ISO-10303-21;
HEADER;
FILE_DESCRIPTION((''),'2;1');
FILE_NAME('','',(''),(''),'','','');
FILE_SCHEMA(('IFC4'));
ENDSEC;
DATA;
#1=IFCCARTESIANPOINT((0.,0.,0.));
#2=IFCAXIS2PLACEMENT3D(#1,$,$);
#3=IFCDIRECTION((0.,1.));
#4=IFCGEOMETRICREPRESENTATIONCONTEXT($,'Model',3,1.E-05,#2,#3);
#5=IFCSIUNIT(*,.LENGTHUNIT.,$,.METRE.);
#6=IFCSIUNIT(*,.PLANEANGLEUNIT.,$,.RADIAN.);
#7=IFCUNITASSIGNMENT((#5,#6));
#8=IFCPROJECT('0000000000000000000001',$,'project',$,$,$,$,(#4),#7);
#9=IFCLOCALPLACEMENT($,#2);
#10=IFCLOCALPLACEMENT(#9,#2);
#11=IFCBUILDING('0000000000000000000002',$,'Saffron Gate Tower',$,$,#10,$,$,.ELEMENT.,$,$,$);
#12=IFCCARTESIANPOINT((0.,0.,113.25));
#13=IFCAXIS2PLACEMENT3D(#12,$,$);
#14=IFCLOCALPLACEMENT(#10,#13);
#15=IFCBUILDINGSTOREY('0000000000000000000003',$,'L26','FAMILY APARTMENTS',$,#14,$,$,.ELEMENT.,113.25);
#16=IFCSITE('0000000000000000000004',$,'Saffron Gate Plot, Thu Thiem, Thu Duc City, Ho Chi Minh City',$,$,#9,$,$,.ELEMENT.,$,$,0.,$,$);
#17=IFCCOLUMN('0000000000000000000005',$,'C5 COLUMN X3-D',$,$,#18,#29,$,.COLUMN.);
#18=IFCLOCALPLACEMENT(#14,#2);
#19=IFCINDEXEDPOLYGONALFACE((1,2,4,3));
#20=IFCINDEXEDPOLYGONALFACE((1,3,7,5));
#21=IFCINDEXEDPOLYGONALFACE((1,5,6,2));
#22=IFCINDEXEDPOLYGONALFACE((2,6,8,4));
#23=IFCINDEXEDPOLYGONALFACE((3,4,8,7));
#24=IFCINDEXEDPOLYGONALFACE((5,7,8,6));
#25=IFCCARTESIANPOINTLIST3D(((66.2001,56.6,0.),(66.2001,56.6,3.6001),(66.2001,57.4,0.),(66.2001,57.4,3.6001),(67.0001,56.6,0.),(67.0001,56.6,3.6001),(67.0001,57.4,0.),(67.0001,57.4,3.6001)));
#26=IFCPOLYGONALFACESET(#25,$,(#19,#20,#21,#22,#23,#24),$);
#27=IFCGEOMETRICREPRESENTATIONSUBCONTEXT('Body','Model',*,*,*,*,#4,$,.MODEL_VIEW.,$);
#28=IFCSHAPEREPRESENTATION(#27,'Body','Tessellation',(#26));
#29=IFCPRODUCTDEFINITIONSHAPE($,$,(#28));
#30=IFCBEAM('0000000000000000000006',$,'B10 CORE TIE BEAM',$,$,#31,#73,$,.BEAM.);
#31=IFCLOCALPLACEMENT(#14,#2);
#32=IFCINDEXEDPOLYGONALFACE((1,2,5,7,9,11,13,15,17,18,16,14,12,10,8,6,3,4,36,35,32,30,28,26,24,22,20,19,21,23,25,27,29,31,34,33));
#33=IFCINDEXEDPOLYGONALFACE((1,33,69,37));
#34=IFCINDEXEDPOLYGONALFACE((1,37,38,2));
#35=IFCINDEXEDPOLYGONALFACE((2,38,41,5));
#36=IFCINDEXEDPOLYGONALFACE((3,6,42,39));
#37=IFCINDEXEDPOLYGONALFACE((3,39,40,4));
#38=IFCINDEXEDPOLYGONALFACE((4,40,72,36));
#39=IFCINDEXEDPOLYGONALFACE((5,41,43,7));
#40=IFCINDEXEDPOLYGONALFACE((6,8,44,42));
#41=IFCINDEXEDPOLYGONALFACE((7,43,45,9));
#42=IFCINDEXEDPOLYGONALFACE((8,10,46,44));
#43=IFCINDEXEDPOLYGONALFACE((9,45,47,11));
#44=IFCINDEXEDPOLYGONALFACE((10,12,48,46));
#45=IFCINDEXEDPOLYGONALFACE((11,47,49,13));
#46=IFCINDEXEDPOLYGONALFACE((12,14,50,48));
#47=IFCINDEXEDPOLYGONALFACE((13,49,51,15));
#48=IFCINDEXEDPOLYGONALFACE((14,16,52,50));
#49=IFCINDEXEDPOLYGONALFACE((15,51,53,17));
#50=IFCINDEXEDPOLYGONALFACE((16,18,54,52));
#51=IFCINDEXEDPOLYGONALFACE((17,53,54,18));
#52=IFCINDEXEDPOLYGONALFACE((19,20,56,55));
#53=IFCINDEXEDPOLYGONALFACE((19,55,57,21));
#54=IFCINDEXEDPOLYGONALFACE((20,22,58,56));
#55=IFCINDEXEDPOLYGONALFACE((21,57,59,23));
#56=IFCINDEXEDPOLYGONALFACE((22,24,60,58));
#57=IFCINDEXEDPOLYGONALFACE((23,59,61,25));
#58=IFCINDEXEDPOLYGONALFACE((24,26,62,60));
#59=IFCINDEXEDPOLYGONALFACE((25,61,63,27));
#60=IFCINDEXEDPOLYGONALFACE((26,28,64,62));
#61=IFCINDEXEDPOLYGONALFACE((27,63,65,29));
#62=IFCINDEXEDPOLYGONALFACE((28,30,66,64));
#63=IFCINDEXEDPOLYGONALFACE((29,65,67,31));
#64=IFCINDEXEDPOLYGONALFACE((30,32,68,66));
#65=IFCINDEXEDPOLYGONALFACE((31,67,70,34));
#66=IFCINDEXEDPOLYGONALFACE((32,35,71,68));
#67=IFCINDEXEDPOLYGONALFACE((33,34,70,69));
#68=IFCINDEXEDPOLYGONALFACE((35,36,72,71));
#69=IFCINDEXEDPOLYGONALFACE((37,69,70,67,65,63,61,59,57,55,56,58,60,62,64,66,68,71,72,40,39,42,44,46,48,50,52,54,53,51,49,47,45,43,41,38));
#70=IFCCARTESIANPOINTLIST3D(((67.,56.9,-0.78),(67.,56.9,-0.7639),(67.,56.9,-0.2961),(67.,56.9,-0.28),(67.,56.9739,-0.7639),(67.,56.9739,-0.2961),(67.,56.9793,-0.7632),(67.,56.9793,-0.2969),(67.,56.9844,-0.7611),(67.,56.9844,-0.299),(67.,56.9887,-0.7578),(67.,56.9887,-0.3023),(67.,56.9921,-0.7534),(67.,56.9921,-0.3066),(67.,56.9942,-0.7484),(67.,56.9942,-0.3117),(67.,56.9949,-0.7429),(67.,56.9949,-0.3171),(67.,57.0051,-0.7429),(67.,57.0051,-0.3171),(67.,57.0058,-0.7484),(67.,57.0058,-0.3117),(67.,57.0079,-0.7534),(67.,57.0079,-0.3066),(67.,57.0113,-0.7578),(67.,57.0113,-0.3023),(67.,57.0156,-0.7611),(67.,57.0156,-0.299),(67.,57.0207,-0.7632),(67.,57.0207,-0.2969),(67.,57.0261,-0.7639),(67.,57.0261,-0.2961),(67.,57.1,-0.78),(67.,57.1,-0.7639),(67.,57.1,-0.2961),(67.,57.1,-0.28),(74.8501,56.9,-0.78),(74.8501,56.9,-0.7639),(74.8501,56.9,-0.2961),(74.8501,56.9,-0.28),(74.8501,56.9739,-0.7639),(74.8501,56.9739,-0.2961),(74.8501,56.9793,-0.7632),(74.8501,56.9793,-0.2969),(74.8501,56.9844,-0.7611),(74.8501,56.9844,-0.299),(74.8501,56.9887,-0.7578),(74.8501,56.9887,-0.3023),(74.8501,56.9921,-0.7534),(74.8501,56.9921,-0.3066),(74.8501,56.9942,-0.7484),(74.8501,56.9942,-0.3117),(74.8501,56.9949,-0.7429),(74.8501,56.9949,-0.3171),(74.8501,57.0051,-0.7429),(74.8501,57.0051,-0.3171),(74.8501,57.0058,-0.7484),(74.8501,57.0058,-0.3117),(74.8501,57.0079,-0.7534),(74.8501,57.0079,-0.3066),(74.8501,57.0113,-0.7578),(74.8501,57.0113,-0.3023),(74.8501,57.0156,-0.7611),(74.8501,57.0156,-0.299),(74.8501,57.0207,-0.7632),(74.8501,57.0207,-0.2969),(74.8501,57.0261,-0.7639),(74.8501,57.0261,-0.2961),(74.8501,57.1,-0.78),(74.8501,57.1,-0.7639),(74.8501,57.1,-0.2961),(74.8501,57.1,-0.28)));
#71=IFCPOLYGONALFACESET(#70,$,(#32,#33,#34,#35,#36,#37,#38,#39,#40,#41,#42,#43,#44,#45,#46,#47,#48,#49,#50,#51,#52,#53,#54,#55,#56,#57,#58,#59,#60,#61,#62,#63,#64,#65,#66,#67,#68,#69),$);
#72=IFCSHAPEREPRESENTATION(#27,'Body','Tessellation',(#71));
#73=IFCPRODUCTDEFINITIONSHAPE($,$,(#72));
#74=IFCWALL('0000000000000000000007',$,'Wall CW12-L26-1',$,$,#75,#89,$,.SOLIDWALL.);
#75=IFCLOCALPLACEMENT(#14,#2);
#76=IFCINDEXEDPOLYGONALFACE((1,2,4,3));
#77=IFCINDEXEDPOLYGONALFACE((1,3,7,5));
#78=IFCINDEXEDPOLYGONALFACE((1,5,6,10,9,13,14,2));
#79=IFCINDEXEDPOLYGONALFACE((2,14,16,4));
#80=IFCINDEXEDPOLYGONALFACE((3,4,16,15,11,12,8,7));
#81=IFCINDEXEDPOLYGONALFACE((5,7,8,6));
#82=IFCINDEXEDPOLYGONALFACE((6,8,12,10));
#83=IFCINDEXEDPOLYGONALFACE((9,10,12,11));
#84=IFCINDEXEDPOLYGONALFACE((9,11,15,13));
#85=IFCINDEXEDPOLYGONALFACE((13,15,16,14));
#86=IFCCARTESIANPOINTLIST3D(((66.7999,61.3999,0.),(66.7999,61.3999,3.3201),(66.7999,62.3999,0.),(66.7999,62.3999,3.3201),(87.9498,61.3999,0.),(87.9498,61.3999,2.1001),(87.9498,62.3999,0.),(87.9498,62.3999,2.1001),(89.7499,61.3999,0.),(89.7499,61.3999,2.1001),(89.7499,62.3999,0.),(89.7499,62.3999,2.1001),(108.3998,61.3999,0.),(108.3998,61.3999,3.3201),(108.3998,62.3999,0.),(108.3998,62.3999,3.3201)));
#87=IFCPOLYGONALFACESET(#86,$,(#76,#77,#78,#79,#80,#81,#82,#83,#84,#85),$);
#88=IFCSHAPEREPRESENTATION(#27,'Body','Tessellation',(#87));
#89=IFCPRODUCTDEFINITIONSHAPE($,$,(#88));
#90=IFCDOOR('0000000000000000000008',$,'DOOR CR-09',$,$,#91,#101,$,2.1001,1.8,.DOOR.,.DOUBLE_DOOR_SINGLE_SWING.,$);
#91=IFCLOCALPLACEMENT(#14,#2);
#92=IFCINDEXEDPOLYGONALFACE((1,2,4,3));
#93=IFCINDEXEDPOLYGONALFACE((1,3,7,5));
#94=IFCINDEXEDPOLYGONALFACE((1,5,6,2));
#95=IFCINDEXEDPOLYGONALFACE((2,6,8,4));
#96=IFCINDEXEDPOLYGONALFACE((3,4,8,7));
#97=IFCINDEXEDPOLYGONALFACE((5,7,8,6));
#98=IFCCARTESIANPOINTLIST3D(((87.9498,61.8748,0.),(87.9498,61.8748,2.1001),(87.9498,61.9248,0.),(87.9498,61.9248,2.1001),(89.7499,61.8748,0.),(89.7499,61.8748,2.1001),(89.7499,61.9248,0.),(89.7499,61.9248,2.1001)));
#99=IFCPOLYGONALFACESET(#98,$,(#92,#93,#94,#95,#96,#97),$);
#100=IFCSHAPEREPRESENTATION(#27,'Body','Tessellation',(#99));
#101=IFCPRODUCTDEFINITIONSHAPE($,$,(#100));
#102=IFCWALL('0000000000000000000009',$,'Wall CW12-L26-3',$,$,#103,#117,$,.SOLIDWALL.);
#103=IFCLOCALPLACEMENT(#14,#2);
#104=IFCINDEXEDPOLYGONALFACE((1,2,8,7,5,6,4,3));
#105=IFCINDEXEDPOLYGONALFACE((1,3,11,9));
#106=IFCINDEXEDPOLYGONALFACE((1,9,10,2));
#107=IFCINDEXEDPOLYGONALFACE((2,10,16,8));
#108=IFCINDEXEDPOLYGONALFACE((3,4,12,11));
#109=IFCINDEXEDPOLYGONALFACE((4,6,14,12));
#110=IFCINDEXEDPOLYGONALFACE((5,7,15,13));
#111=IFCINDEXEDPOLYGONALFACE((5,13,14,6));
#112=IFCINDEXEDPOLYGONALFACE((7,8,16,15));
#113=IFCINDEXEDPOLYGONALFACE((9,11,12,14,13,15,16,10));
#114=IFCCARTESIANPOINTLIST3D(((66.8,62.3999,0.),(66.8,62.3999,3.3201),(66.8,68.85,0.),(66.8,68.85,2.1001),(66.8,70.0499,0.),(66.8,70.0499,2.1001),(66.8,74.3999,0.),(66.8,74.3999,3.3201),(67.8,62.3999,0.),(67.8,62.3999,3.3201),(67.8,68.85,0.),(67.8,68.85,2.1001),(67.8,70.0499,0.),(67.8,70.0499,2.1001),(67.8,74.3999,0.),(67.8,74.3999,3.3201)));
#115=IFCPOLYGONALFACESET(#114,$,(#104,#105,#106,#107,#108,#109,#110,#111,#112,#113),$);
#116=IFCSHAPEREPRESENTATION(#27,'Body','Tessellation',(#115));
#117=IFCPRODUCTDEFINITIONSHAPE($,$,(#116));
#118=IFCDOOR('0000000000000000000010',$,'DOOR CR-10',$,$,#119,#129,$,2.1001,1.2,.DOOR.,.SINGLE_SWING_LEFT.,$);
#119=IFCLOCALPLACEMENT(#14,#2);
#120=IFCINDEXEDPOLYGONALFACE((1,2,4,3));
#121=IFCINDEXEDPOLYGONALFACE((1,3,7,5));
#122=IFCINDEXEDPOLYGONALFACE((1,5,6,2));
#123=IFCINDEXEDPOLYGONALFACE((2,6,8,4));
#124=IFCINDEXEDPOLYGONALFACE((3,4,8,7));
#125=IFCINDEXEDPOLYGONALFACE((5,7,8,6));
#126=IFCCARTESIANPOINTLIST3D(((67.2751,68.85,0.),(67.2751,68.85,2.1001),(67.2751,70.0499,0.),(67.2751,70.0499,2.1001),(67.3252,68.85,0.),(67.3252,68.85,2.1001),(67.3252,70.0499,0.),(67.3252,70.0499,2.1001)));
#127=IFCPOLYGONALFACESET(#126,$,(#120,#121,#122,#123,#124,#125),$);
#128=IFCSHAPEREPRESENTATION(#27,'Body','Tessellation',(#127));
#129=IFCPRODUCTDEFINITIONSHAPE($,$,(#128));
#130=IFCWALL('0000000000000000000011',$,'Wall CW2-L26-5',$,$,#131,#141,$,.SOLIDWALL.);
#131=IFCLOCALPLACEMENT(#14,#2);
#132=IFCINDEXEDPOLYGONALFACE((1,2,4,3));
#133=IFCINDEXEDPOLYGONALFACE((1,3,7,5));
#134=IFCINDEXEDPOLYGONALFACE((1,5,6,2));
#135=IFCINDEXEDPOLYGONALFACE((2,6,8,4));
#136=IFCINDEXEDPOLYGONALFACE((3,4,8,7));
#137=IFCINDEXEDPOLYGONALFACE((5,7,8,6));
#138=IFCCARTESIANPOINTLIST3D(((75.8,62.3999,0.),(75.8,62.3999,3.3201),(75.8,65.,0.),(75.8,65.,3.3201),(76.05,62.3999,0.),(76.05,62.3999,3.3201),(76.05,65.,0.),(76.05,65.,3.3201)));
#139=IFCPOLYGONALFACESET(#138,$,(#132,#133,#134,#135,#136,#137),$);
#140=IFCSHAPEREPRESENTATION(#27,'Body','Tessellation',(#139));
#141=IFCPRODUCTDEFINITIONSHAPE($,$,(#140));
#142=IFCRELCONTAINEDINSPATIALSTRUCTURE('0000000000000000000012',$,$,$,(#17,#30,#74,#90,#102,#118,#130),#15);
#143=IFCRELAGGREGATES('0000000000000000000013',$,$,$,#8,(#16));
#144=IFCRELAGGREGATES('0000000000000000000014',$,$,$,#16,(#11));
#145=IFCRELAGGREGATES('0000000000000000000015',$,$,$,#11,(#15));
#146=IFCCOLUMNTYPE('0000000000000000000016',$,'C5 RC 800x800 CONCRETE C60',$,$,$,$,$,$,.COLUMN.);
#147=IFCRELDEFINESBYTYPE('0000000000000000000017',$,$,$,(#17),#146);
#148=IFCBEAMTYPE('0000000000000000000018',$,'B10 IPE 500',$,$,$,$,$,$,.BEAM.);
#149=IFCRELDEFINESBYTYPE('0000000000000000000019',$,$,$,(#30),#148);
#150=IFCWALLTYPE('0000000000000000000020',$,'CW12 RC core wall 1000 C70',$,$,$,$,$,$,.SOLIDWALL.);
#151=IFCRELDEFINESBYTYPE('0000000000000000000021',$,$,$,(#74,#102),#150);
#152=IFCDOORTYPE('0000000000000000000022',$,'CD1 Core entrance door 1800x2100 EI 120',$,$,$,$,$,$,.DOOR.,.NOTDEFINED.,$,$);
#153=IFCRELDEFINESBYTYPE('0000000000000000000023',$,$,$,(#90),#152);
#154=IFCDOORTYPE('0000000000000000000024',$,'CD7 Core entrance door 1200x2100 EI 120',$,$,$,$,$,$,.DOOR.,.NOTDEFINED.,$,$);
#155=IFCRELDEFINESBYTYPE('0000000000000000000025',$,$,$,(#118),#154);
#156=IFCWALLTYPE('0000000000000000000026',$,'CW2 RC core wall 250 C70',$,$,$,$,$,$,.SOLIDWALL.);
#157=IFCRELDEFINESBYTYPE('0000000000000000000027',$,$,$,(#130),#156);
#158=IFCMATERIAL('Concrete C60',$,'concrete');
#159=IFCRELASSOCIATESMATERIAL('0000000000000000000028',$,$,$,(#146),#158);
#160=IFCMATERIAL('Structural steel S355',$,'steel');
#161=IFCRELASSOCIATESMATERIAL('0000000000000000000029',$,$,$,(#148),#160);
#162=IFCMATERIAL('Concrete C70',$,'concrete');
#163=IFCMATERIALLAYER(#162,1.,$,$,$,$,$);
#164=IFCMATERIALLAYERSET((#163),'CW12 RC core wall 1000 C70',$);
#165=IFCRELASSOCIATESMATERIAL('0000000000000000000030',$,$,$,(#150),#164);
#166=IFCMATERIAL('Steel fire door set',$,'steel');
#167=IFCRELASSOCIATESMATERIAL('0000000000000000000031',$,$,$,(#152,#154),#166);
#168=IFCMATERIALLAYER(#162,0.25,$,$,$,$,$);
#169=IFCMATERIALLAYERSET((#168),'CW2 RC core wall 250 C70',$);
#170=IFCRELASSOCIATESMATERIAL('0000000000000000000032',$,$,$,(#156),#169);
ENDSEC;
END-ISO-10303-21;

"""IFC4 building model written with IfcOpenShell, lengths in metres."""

from ifc_helpers import new_model, si_unit, direction, frame, frame_2d, origin, origin_2d, place, context, subcontext, project, spatial, rectangle, i_section, extrude, material, layer, layer_set, material_profile, profile_set, type_object, element, fill, save


model = new_model("IFC4")

# Units and contexts
model_context = context("Model", 3, precision=1e-05, world=origin(), true_north=direction((0.0, 1.0)))
body_context = subcontext(model_context, "Body", "Model", "MODEL_VIEW")
ifc_project = project(units=[si_unit("LENGTHUNIT", "METRE"), si_unit("PLANEANGLEUNIT", "RADIAN")], contexts=[model_context])

# Site, building, storey
site_placement = place(None, origin())
site = spatial("IfcSite", under=ifc_project, at=site_placement, Name="Saffron Gate Plot, Thu Thiem, Thu Duc City, Ho Chi Minh City", CompositionType="ELEMENT", RefElevation=0.0)
building_placement = place(site_placement, origin())
building = spatial("IfcBuilding", under=site, at=building_placement, Name="Saffron Gate Tower", CompositionType="ELEMENT")
storey_placement = place(building_placement, frame((0.0, 0.0, 113.25)))
storey = spatial("IfcBuildingStorey", under=building, at=storey_placement, Name="L26", Description="FAMILY APARTMENTS", CompositionType="ELEMENT", Elevation=113.25)

# Column
ifc_material_1 = material(Name="Concrete C60", Category="concrete")
ifc_material_profile_1 = material_profile(ifc_material_1, rectangle(XDim=0.8, YDim=0.8, at=origin_2d()))
ifc_profile_set_1 = profile_set([ifc_material_profile_1], Name="Concrete C60")
column_type = type_object("IfcColumnType", Name="C5 RC 800x800 CONCRETE C60", PredefinedType="COLUMN", material=ifc_profile_set_1)
column_placement = place(storey_placement, frame((66.6001, 57.0, 0.0), z_axis=(0.0, 0.0, 1.0), x_axis=(1.0, 0.0, 0.0)))
element("IfcColumn", 1, at=column_placement, inside=storey, type_object=column_type, Name="C5 COLUMN X3-D", PredefinedType="COLUMN", context=body_context, shape_type="SweptSolid", body=[
    extrude(rectangle(XDim=0.8, YDim=0.8, at=origin_2d()), origin(), (0.0, 0.0, 1.0), 3.6001),
])

# Beam
ifc_material_2 = material(Name="Structural steel S355", Category="steel")
ifc_material_profile_2 = material_profile(ifc_material_2, i_section(OverallWidth=0.2, OverallDepth=0.5, WebThickness=0.0103, FlangeThickness=0.0161, FilletRadius=0.021, at=origin_2d()))
ifc_profile_set_2 = profile_set([ifc_material_profile_2], Name="Structural steel S355")
beam_type = type_object("IfcBeamType", Name="B10 IPE 500", PredefinedType="BEAM", material=ifc_profile_set_2)
beam_placement = place(storey_placement, frame((67.0, 57.0, -0.53), z_axis=(1.0, 0.0, 0.0), x_axis=(0.0, 1.0, 0.0)))
element("IfcBeam", 2, at=beam_placement, inside=storey, type_object=beam_type, Name="B10 CORE TIE BEAM", PredefinedType="BEAM", context=body_context, shape_type="SweptSolid", body=[
    extrude(i_section(OverallWidth=0.2, OverallDepth=0.5, WebThickness=0.0103, FlangeThickness=0.0161, FilletRadius=0.021, at=origin_2d()), origin(), (0.0, 0.0, 1.0), 7.8501),
])

# Walls, openings, doors
ifc_material_3 = material(Name="Concrete C70", Category="concrete")
ifc_layer_1 = layer(ifc_material_3, 1.0)
ifc_layer_set_1 = layer_set([ifc_layer_1], Name="CW12 RC core wall 1000 C70")
wall_type_1 = type_object("IfcWallType", Name="CW12 RC core wall 1000 C70", PredefinedType="SOLIDWALL", material=ifc_layer_set_1)
wall_1_placement = place(storey_placement, frame((66.8, 61.8999, 0.0), z_axis=(0.0, 0.0, 1.0), x_axis=(1.0, 0.0, 0.0)))
wall_1 = element("IfcWall", 3, at=wall_1_placement, inside=storey, type_object=wall_type_1, Name="Wall CW12-L26-1", PredefinedType="SOLIDWALL", context=body_context, shape_type="SweptSolid", body=[
    extrude(rectangle(XDim=41.5999, YDim=1.0, at=frame_2d((20.7998, 0.0))), origin(), (0.0, 0.0, 1.0), 3.3201),
])
opening_1_placement = place(wall_1_placement, frame((21.1499, 0.0, 0.0)))
opening_1 = element("IfcOpeningElement", 4, at=opening_1_placement, cuts=wall_1, PredefinedType="OPENING", context=body_context, shape_type="SweptSolid", body=[
    extrude(rectangle(XDim=1.8, YDim=2.1001, at=frame_2d((0.8999, 1.05))), frame((0.0, 0.51, 0.0), z_axis=(0.0, -1.0, 0.0), x_axis=(1.0, 0.0, 0.0)), (0.0, 0.0, 1.0), 1.02),
])
ifc_material_4 = material(Name="Steel fire door set", Category="steel")
door_type_1 = type_object("IfcDoorType", Name="CD1 Core entrance door 1800x2100 EI 120", OperationType="NOTDEFINED", PredefinedType="DOOR", material=ifc_material_4)
door_1_placement = place(opening_1_placement, origin())
door_1 = element("IfcDoor", 5, at=door_1_placement, inside=storey, type_object=door_type_1, Name="DOOR CR-09", OperationType="DOUBLE_DOOR_SINGLE_SWING", OverallHeight=2.1001, OverallWidth=1.8, PredefinedType="DOOR", context=body_context, shape_type="SweptSolid", body=[
    extrude(rectangle(XDim=1.8, YDim=2.1001, at=frame_2d((0.8999, 1.05))), frame((0.0, 0.0249, 0.0), z_axis=(0.0, -1.0, 0.0), x_axis=(1.0, 0.0, 0.0)), (0.0, 0.0, 1.0), 0.05),
])
fill(opening_1, door_1)
wall_2_placement = place(storey_placement, frame((67.3, 62.3999, 0.0), z_axis=(0.0, 0.0, 1.0), x_axis=(0.0, 1.0, 0.0)))
wall_2 = element("IfcWall", 6, at=wall_2_placement, inside=storey, type_object=wall_type_1, Name="Wall CW12-L26-3", PredefinedType="SOLIDWALL", context=body_context, shape_type="SweptSolid", body=[
    extrude(rectangle(XDim=12.0, YDim=1.0, at=frame_2d((6.0, 0.0))), origin(), (0.0, 0.0, 1.0), 3.3201),
])
opening_2_placement = place(wall_2_placement, frame((6.45, 0.0, 0.0)))
opening_2 = element("IfcOpeningElement", 7, at=opening_2_placement, cuts=wall_2, PredefinedType="OPENING", context=body_context, shape_type="SweptSolid", body=[
    extrude(rectangle(XDim=1.2, YDim=2.1001, at=frame_2d((0.6001, 1.05))), frame((0.0, 0.51, 0.0), z_axis=(0.0, -1.0, 0.0), x_axis=(1.0, 0.0, 0.0)), (0.0, 0.0, 1.0), 1.02),
])
door_type_2 = type_object("IfcDoorType", Name="CD7 Core entrance door 1200x2100 EI 120", OperationType="NOTDEFINED", PredefinedType="DOOR", material=ifc_material_4)
door_2_placement = place(opening_2_placement, origin())
door_2 = element("IfcDoor", 8, at=door_2_placement, inside=storey, type_object=door_type_2, Name="DOOR CR-10", OperationType="SINGLE_SWING_LEFT", OverallHeight=2.1001, OverallWidth=1.2, PredefinedType="DOOR", context=body_context, shape_type="SweptSolid", body=[
    extrude(rectangle(XDim=1.2, YDim=2.1001, at=frame_2d((0.6001, 1.05))), frame((0.0, 0.0249, 0.0), z_axis=(0.0, -1.0, 0.0), x_axis=(1.0, 0.0, 0.0)), (0.0, 0.0, 1.0), 0.05),
])
fill(opening_2, door_2)

# Wall
ifc_layer_2 = layer(ifc_material_3, 0.25)
ifc_layer_set_2 = layer_set([ifc_layer_2], Name="CW2 RC core wall 250 C70")
wall_type_2 = type_object("IfcWallType", Name="CW2 RC core wall 250 C70", PredefinedType="SOLIDWALL", material=ifc_layer_set_2)
wall_3_placement = place(storey_placement, frame((75.925, 62.3999, 0.0), z_axis=(0.0, 0.0, 1.0), x_axis=(0.0, 1.0, 0.0)))
element("IfcWall", 9, at=wall_3_placement, inside=storey, type_object=wall_type_2, Name="Wall CW2-L26-5", PredefinedType="SOLIDWALL", context=body_context, shape_type="SweptSolid", body=[
    extrude(rectangle(XDim=2.6001, YDim=0.25, at=frame_2d((1.3, 0.0))), origin(), (0.0, 0.0, 1.0), 3.3201),
])

save(model, "model.ifc")
